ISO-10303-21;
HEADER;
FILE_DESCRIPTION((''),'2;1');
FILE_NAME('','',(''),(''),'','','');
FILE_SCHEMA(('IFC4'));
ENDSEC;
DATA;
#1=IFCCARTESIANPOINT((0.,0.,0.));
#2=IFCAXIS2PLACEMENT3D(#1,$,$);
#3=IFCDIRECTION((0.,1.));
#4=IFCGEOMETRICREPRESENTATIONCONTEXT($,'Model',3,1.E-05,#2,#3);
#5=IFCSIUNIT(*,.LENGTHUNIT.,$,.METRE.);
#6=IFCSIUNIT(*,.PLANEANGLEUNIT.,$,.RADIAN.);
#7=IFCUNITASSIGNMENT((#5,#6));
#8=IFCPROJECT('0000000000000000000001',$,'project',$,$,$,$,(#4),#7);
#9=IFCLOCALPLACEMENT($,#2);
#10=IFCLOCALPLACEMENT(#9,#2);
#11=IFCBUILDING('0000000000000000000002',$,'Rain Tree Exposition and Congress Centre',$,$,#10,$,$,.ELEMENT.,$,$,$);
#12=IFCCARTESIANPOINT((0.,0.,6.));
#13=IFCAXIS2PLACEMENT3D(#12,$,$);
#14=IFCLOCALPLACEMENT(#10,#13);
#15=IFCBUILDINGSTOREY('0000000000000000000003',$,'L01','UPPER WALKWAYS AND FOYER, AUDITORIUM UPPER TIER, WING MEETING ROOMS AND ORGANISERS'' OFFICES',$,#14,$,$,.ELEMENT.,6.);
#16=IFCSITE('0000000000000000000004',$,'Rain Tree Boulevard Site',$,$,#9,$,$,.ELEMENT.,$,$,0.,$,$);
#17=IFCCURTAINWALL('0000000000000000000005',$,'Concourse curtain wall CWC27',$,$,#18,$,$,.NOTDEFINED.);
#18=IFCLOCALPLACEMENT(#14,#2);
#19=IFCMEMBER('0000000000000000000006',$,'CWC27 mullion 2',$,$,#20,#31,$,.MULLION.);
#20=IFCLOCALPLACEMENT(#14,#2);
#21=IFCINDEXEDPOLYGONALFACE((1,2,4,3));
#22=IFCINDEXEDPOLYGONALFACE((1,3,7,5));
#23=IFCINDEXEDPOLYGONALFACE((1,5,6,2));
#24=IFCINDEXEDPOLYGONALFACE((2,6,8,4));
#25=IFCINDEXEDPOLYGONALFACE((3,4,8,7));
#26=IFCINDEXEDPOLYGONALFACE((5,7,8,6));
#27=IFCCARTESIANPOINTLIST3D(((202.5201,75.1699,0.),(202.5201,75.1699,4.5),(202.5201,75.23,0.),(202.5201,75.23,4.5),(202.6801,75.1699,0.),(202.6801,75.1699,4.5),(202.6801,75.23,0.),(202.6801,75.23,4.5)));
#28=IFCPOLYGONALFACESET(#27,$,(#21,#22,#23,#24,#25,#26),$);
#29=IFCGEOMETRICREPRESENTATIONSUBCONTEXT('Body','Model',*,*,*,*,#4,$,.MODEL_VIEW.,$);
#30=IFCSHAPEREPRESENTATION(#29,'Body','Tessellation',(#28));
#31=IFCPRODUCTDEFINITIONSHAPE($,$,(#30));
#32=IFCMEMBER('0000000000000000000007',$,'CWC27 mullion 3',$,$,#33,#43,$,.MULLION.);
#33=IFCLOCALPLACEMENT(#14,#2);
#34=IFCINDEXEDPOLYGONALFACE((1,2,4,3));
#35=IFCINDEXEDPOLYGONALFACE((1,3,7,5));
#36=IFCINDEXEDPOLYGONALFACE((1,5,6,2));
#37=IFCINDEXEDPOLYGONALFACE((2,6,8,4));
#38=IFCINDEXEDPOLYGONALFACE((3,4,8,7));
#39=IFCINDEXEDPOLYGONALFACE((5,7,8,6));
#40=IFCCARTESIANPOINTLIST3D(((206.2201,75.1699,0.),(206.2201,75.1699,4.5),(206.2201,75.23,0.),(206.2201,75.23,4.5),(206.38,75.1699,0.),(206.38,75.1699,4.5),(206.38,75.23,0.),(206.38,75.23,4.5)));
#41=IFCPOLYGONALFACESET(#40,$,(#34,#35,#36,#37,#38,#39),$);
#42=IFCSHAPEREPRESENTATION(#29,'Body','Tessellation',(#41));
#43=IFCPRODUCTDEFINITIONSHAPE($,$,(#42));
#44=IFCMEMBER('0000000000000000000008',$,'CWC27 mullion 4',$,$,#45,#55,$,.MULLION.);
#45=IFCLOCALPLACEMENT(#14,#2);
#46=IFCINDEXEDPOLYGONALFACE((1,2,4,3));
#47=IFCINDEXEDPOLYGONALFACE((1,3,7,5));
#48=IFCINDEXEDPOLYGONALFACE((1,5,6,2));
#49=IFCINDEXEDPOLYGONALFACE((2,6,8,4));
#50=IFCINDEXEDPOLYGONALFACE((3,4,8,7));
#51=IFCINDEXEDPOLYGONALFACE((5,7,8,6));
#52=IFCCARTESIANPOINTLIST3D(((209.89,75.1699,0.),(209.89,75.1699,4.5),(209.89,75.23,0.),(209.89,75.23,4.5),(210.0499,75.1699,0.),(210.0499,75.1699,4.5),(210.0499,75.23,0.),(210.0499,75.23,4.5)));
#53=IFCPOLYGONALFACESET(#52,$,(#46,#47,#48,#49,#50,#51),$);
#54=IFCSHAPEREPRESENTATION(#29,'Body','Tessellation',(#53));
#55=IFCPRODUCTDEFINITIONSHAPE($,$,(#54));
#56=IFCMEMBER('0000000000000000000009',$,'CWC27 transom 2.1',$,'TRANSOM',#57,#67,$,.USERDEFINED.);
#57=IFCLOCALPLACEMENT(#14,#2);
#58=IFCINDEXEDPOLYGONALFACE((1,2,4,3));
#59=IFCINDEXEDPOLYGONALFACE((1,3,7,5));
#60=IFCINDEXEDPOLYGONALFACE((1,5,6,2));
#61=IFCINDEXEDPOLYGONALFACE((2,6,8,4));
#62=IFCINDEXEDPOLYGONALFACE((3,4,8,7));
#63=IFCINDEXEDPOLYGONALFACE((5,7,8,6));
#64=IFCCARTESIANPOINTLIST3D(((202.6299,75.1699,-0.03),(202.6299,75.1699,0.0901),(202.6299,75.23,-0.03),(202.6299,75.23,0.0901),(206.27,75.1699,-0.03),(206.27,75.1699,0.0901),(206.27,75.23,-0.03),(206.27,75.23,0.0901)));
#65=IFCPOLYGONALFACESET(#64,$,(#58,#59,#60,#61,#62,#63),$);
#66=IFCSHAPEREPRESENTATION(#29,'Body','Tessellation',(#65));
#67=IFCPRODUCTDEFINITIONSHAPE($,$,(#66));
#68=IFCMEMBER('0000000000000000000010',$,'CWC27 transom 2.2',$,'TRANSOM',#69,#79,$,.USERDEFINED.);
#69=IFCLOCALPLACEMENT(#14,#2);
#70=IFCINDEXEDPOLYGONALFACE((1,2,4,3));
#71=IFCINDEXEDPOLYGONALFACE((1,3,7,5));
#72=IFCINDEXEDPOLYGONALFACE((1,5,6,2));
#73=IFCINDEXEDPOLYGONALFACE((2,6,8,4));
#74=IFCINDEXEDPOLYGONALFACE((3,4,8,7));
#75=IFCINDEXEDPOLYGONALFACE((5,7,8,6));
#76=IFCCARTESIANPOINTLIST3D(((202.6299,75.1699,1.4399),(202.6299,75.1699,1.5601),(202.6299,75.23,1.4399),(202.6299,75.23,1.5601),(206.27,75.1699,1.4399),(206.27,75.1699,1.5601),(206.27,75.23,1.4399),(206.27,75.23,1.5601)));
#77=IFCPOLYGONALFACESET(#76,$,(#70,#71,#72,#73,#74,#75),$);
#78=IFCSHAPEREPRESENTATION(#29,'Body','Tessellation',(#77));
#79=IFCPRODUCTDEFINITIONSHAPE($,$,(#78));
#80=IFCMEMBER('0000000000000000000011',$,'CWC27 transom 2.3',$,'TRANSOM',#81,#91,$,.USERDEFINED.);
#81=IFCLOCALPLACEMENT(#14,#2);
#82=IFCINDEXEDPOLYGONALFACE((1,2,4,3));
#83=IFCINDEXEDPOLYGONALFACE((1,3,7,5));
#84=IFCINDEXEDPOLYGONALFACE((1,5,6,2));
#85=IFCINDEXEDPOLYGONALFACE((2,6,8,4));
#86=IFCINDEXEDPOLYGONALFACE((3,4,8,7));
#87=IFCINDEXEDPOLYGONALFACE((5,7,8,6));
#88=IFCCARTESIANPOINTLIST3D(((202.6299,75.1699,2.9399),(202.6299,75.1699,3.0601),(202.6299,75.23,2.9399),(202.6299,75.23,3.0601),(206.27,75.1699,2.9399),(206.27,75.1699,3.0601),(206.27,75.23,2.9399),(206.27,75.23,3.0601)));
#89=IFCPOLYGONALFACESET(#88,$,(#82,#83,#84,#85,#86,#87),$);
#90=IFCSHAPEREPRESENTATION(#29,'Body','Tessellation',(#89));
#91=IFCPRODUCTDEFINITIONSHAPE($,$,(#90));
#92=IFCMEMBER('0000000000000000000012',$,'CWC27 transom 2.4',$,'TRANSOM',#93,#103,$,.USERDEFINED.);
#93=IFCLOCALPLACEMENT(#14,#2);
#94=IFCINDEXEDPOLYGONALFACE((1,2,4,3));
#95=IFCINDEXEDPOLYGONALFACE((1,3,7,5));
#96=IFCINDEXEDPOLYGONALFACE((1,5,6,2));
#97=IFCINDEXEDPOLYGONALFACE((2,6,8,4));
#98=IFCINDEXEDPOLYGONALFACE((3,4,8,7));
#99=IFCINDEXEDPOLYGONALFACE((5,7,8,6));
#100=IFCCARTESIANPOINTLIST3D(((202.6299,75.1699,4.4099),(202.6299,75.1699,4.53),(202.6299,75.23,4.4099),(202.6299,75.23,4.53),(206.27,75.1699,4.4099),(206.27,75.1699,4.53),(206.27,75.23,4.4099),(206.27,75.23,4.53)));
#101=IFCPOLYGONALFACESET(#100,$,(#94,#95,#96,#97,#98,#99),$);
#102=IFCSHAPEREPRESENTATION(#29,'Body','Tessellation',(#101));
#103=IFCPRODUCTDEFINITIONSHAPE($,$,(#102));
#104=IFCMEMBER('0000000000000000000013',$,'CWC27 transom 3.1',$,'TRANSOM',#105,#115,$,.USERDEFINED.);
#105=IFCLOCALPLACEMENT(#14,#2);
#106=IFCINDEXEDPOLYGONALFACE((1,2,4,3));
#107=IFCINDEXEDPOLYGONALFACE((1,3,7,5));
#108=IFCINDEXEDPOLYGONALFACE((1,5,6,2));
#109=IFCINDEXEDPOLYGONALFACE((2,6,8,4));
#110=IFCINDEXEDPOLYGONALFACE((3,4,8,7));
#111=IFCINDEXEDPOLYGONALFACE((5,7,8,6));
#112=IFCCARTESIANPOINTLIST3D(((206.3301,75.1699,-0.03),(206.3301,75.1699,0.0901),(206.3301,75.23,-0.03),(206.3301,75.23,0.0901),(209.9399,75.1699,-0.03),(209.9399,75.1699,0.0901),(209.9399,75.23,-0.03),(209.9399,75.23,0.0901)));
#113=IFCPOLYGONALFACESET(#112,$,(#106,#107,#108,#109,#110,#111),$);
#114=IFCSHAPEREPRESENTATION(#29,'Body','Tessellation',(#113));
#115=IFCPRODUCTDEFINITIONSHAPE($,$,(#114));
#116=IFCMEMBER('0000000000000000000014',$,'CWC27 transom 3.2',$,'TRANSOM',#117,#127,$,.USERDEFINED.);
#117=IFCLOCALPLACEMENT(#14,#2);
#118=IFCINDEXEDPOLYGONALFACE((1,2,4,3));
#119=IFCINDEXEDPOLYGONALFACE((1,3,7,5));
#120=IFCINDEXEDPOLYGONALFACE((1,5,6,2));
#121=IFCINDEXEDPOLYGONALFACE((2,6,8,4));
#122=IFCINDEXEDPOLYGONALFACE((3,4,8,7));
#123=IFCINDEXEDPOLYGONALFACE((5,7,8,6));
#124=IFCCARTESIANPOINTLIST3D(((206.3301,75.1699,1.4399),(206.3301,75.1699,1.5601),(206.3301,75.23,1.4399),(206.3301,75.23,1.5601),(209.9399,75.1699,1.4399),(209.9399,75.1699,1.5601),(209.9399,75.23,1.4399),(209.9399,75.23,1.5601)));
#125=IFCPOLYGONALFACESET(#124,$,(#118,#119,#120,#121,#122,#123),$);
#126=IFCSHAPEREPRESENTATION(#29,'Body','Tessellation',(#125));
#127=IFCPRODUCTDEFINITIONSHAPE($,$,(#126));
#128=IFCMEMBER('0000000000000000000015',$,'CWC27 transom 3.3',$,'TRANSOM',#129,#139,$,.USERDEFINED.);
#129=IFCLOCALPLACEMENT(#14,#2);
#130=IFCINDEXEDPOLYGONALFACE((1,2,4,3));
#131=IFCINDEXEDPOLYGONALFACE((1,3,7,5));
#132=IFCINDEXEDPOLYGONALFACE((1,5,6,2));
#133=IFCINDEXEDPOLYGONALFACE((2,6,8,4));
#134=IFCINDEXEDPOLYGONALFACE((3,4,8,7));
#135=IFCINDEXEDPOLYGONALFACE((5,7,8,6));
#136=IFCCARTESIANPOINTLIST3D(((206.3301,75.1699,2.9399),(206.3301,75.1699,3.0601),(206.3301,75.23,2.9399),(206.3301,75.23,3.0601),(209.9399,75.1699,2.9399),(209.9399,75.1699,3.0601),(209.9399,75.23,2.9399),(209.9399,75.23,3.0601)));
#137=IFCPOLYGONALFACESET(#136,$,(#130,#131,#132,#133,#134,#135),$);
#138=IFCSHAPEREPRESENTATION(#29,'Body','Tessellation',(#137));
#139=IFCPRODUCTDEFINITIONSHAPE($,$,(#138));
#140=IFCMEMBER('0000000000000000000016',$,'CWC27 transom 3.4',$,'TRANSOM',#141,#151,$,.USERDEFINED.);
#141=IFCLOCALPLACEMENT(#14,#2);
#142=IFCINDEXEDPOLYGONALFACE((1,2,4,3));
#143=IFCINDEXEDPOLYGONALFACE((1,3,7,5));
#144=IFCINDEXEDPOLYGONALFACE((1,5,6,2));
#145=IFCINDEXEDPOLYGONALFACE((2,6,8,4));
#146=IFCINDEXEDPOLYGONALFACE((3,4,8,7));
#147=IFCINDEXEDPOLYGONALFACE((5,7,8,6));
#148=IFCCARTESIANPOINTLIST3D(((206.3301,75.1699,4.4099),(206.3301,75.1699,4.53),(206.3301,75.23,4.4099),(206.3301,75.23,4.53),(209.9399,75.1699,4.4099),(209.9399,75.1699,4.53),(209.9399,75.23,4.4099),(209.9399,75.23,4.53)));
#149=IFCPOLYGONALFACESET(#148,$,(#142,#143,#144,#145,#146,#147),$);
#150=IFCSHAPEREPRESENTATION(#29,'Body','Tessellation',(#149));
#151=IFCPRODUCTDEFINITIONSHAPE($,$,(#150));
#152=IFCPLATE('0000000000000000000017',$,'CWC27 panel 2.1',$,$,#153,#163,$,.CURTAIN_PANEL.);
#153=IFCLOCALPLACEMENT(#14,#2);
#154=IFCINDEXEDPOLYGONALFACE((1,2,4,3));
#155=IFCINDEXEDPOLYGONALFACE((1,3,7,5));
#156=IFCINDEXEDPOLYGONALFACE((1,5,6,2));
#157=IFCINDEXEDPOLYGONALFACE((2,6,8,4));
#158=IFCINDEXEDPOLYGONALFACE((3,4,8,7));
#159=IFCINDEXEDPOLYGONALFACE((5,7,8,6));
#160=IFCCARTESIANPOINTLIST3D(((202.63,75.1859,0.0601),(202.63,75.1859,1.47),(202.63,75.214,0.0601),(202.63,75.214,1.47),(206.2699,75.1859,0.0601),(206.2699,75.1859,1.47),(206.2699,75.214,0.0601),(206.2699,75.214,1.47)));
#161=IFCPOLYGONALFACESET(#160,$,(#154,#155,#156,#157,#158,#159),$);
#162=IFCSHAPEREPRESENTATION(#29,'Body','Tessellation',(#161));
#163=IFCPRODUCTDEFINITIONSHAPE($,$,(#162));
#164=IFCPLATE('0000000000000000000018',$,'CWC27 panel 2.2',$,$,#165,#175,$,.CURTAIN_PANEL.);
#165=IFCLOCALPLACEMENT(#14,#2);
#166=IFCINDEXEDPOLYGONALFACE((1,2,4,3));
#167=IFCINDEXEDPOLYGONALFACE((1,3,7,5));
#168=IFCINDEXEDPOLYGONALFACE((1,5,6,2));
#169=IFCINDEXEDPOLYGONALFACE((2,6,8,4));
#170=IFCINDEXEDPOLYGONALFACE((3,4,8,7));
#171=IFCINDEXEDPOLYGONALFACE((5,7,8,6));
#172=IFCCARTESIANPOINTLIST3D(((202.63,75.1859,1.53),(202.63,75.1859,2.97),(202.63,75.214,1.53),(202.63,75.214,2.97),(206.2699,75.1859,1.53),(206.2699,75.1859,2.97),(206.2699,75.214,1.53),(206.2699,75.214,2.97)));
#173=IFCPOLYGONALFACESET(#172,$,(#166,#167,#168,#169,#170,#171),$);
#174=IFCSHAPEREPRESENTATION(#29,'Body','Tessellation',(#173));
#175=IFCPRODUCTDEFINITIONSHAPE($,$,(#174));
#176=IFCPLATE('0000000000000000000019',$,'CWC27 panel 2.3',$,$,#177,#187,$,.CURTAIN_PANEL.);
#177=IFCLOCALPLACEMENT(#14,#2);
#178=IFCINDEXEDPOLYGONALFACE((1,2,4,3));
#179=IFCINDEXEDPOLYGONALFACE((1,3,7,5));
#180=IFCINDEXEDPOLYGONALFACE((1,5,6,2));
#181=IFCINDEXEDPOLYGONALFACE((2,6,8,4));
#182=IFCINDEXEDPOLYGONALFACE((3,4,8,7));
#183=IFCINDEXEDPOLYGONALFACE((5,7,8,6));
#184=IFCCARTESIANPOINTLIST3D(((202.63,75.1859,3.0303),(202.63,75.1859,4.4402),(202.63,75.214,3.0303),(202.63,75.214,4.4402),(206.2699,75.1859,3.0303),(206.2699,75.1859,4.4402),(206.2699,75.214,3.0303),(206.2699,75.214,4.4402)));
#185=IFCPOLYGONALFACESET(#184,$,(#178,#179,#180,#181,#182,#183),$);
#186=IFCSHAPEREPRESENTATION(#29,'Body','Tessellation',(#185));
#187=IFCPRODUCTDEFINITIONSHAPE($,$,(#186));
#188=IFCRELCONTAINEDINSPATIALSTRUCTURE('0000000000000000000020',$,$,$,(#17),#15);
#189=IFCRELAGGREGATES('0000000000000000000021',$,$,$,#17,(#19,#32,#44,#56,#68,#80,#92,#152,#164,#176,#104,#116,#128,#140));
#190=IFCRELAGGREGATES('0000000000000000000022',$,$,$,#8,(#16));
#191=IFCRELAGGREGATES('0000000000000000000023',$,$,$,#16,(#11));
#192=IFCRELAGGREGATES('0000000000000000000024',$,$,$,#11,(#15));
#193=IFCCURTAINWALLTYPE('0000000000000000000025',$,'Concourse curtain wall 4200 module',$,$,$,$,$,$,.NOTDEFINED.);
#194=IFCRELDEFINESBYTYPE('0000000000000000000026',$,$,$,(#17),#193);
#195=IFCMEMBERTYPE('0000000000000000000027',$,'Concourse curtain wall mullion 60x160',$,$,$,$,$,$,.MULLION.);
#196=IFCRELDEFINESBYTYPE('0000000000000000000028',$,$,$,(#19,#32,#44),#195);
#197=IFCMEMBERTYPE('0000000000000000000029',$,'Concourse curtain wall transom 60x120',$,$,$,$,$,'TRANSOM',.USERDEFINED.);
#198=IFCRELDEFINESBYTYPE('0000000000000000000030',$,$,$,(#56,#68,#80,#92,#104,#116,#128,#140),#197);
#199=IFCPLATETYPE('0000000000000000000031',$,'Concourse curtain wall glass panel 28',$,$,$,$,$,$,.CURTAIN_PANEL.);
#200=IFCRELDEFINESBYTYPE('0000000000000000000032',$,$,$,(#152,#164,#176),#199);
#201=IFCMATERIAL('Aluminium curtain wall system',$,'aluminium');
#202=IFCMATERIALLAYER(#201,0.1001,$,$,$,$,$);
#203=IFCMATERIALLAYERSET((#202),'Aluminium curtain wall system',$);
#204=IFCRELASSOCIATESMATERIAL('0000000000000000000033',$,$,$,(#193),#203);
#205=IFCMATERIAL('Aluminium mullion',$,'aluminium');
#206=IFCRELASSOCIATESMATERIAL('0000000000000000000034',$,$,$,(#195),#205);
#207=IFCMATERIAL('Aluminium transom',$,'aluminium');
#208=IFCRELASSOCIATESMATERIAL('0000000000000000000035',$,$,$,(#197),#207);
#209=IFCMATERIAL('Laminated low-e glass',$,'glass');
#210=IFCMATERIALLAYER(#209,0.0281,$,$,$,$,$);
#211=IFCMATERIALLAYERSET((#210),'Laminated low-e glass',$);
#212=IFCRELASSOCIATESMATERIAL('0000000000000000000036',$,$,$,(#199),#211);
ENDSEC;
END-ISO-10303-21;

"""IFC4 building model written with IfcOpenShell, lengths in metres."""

from ifc_helpers import new_model, si_unit, direction, frame, origin, origin_2d, place, context, subcontext, project, spatial, rectangle, extrude, material, layer, layer_set, material_profile, profile_set, type_object, element, aggregate, save


model = new_model("IFC4")

# Units and contexts
model_context = context("Model", 3, precision=1e-05, world=origin(), true_north=direction((0.0, 1.0)))
body_context = subcontext(model_context, "Body", "Model", "MODEL_VIEW")
ifc_project = project(units=[si_unit("LENGTHUNIT", "METRE"), si_unit("PLANEANGLEUNIT", "RADIAN")], contexts=[model_context])

# Site, building, storey
site_placement = place(None, origin())
site = spatial("IfcSite", under=ifc_project, at=site_placement, Name="Rain Tree Boulevard Site", CompositionType="ELEMENT", RefElevation=0.0)
building_placement = place(site_placement, origin())
building = spatial("IfcBuilding", under=site, at=building_placement, Name="Rain Tree Exposition and Congress Centre", CompositionType="ELEMENT")
storey_placement = place(building_placement, frame((0.0, 0.0, 6.0)))
storey = spatial("IfcBuildingStorey", under=building, at=storey_placement, Name="L01", Description="UPPER WALKWAYS AND FOYER, AUDITORIUM UPPER TIER, WING MEETING ROOMS AND ORGANISERS' OFFICES", CompositionType="ELEMENT", Elevation=6.0)

# Curtain wall, members, plates
ifc_material_1 = material(Name="Aluminium curtain wall system", Category="aluminium")
ifc_layer_1 = layer(ifc_material_1, 0.1001)
ifc_layer_set_1 = layer_set([ifc_layer_1], Name="Aluminium curtain wall system")
curtain_wall_type = type_object("IfcCurtainWallType", Name="Concourse curtain wall 4200 module", PredefinedType="NOTDEFINED", material=ifc_layer_set_1)
curtain_wall_placement = place(storey_placement, origin())
curtain_wall = element("IfcCurtainWall", 1, at=curtain_wall_placement, inside=storey, type_object=curtain_wall_type, Name="Concourse curtain wall CWC27", PredefinedType="NOTDEFINED")
ifc_material_2 = material(Name="Aluminium mullion", Category="aluminium")
ifc_material_profile_1 = material_profile(ifc_material_2, rectangle(XDim=0.0601, YDim=0.1599, at=origin_2d()), Name="AL 60x160")
ifc_profile_set_1 = profile_set([ifc_material_profile_1], Name="Aluminium mullion")
member_type_1 = type_object("IfcMemberType", Name="Concourse curtain wall mullion 60x160", PredefinedType="MULLION", material=ifc_profile_set_1)
member_1_placement = place(storey_placement, frame((202.6001, 75.2, 0.0), z_axis=(0.0, 0.0, 1.0), x_axis=(0.0, 1.0, 0.0)))
member_1 = element("IfcMember", 2, at=member_1_placement, type_object=member_type_1, Name="CWC27 mullion 2", PredefinedType="MULLION", context=body_context, shape_type="SweptSolid", body=[
    extrude(rectangle(XDim=0.0601, YDim=0.1599, at=origin_2d()), origin(), (0.0, 0.0, 1.0), 4.5),
])
member_2_placement = place(storey_placement, frame((206.3, 75.2, 0.0), z_axis=(0.0, 0.0, 1.0), x_axis=(0.0, 1.0, 0.0)))
member_2 = element("IfcMember", 3, at=member_2_placement, type_object=member_type_1, Name="CWC27 mullion 3", PredefinedType="MULLION", context=body_context, shape_type="SweptSolid", body=[
    extrude(rectangle(XDim=0.0601, YDim=0.1599, at=origin_2d()), origin(), (0.0, 0.0, 1.0), 4.5),
])
member_3_placement = place(storey_placement, frame((209.97, 75.2, 0.0), z_axis=(0.0, 0.0, 1.0), x_axis=(0.0, 1.0, 0.0)))
member_3 = element("IfcMember", 4, at=member_3_placement, type_object=member_type_1, Name="CWC27 mullion 4", PredefinedType="MULLION", context=body_context, shape_type="SweptSolid", body=[
    extrude(rectangle(XDim=0.0601, YDim=0.1599, at=origin_2d()), origin(), (0.0, 0.0, 1.0), 4.5),
])
ifc_material_3 = material(Name="Aluminium transom", Category="aluminium")
ifc_material_profile_2 = material_profile(ifc_material_3, rectangle(XDim=0.0601, YDim=0.1201, at=origin_2d()), Name="AL 60x120")
ifc_profile_set_2 = profile_set([ifc_material_profile_2], Name="Aluminium transom")
member_type_2 = type_object("IfcMemberType", Name="Concourse curtain wall transom 60x120", ElementType="TRANSOM", PredefinedType="USERDEFINED", material=ifc_profile_set_2)
member_4_placement = place(storey_placement, frame((202.6299, 75.2, 0.03), z_axis=(1.0, 0.0, 0.0), x_axis=(0.0, 1.0, 0.0)))
member_4 = element("IfcMember", 5, at=member_4_placement, type_object=member_type_2, Name="CWC27 transom 2.1", ObjectType="TRANSOM", PredefinedType="USERDEFINED", context=body_context, shape_type="SweptSolid", body=[
    extrude(rectangle(XDim=0.0601, YDim=0.1201, at=origin_2d()), origin(), (0.0, 0.0, 1.0), 3.6401),
])
member_5_placement = place(storey_placement, frame((202.6299, 75.2, 1.5), z_axis=(1.0, 0.0, 0.0), x_axis=(0.0, 1.0, 0.0)))
member_5 = element("IfcMember", 6, at=member_5_placement, type_object=member_type_2, Name="CWC27 transom 2.2", ObjectType="TRANSOM", PredefinedType="USERDEFINED", context=body_context, shape_type="SweptSolid", body=[
    extrude(rectangle(XDim=0.0601, YDim=0.1201, at=origin_2d()), origin(), (0.0, 0.0, 1.0), 3.6401),
])
member_6_placement = place(storey_placement, frame((202.6299, 75.2, 3.0), z_axis=(1.0, 0.0, 0.0), x_axis=(0.0, 1.0, 0.0)))
member_6 = element("IfcMember", 7, at=member_6_placement, type_object=member_type_2, Name="CWC27 transom 2.3", ObjectType="TRANSOM", PredefinedType="USERDEFINED", context=body_context, shape_type="SweptSolid", body=[
    extrude(rectangle(XDim=0.0601, YDim=0.1201, at=origin_2d()), origin(), (0.0, 0.0, 1.0), 3.6401),
])
member_7_placement = place(storey_placement, frame((202.6299, 75.2, 4.47), z_axis=(1.0, 0.0, 0.0), x_axis=(0.0, 1.0, 0.0)))
member_7 = element("IfcMember", 8, at=member_7_placement, type_object=member_type_2, Name="CWC27 transom 2.4", ObjectType="TRANSOM", PredefinedType="USERDEFINED", context=body_context, shape_type="SweptSolid", body=[
    extrude(rectangle(XDim=0.0601, YDim=0.1201, at=origin_2d()), origin(), (0.0, 0.0, 1.0), 3.6401),
])
member_8_placement = place(storey_placement, frame((206.3301, 75.2, 0.03), z_axis=(1.0, 0.0, 0.0), x_axis=(0.0, 1.0, 0.0)))
member_8 = element("IfcMember", 9, at=member_8_placement, type_object=member_type_2, Name="CWC27 transom 3.1", ObjectType="TRANSOM", PredefinedType="USERDEFINED", context=body_context, shape_type="SweptSolid", body=[
    extrude(rectangle(XDim=0.0601, YDim=0.1201, at=origin_2d()), origin(), (0.0, 0.0, 1.0), 3.6099),
])
member_9_placement = place(storey_placement, frame((206.3301, 75.2, 1.5), z_axis=(1.0, 0.0, 0.0), x_axis=(0.0, 1.0, 0.0)))
member_9 = element("IfcMember", 10, at=member_9_placement, type_object=member_type_2, Name="CWC27 transom 3.2", ObjectType="TRANSOM", PredefinedType="USERDEFINED", context=body_context, shape_type="SweptSolid", body=[
    extrude(rectangle(XDim=0.0601, YDim=0.1201, at=origin_2d()), origin(), (0.0, 0.0, 1.0), 3.6099),
])
member_10_placement = place(storey_placement, frame((206.3301, 75.2, 3.0), z_axis=(1.0, 0.0, 0.0), x_axis=(0.0, 1.0, 0.0)))
member_10 = element("IfcMember", 11, at=member_10_placement, type_object=member_type_2, Name="CWC27 transom 3.3", ObjectType="TRANSOM", PredefinedType="USERDEFINED", context=body_context, shape_type="SweptSolid", body=[
    extrude(rectangle(XDim=0.0601, YDim=0.1201, at=origin_2d()), origin(), (0.0, 0.0, 1.0), 3.6099),
])
member_11_placement = place(storey_placement, frame((206.3301, 75.2, 4.47), z_axis=(1.0, 0.0, 0.0), x_axis=(0.0, 1.0, 0.0)))
member_11 = element("IfcMember", 12, at=member_11_placement, type_object=member_type_2, Name="CWC27 transom 3.4", ObjectType="TRANSOM", PredefinedType="USERDEFINED", context=body_context, shape_type="SweptSolid", body=[
    extrude(rectangle(XDim=0.0601, YDim=0.1201, at=origin_2d()), origin(), (0.0, 0.0, 1.0), 3.6099),
])
ifc_material_4 = material(Name="Laminated low-e glass", Category="glass")
ifc_layer_2 = layer(ifc_material_4, 0.0281)
ifc_layer_set_2 = layer_set([ifc_layer_2], Name="Laminated low-e glass")
plate_type = type_object("IfcPlateType", Name="Concourse curtain wall glass panel 28", PredefinedType="CURTAIN_PANEL", material=ifc_layer_set_2)
plate_1_placement = place(storey_placement, frame((204.45, 75.2, 0.0601), z_axis=(0.0, 0.0, 1.0), x_axis=(1.0, 0.0, 0.0)))
plate_1 = element("IfcPlate", 13, at=plate_1_placement, type_object=plate_type, Name="CWC27 panel 2.1", PredefinedType="CURTAIN_PANEL", context=body_context, shape_type="SweptSolid", body=[
    extrude(rectangle(XDim=3.6399, YDim=0.0281, at=origin_2d()), origin(), (0.0, 0.0, 1.0), 1.4099),
])
plate_2_placement = place(storey_placement, frame((204.45, 75.2, 1.53), z_axis=(0.0, 0.0, 1.0), x_axis=(1.0, 0.0, 0.0)))
plate_2 = element("IfcPlate", 14, at=plate_2_placement, type_object=plate_type, Name="CWC27 panel 2.2", PredefinedType="CURTAIN_PANEL", context=body_context, shape_type="SweptSolid", body=[
    extrude(rectangle(XDim=3.6399, YDim=0.0281, at=origin_2d()), origin(), (0.0, 0.0, 1.0), 1.4399),
])
plate_3_placement = place(storey_placement, frame((204.45, 75.2, 3.0303), z_axis=(0.0, 0.0, 1.0), x_axis=(1.0, 0.0, 0.0)))
plate_3 = element("IfcPlate", 15, at=plate_3_placement, type_object=plate_type, Name="CWC27 panel 2.3", PredefinedType="CURTAIN_PANEL", context=body_context, shape_type="SweptSolid", body=[
    extrude(rectangle(XDim=3.6399, YDim=0.0281, at=origin_2d()), origin(), (0.0, 0.0, 1.0), 1.4099),
])
aggregate(curtain_wall, [member_1, member_2, member_3, member_4, member_5, member_6, member_7, plate_1, plate_2, plate_3, member_8, member_9, member_10, member_11])

save(model, "model.ifc")
